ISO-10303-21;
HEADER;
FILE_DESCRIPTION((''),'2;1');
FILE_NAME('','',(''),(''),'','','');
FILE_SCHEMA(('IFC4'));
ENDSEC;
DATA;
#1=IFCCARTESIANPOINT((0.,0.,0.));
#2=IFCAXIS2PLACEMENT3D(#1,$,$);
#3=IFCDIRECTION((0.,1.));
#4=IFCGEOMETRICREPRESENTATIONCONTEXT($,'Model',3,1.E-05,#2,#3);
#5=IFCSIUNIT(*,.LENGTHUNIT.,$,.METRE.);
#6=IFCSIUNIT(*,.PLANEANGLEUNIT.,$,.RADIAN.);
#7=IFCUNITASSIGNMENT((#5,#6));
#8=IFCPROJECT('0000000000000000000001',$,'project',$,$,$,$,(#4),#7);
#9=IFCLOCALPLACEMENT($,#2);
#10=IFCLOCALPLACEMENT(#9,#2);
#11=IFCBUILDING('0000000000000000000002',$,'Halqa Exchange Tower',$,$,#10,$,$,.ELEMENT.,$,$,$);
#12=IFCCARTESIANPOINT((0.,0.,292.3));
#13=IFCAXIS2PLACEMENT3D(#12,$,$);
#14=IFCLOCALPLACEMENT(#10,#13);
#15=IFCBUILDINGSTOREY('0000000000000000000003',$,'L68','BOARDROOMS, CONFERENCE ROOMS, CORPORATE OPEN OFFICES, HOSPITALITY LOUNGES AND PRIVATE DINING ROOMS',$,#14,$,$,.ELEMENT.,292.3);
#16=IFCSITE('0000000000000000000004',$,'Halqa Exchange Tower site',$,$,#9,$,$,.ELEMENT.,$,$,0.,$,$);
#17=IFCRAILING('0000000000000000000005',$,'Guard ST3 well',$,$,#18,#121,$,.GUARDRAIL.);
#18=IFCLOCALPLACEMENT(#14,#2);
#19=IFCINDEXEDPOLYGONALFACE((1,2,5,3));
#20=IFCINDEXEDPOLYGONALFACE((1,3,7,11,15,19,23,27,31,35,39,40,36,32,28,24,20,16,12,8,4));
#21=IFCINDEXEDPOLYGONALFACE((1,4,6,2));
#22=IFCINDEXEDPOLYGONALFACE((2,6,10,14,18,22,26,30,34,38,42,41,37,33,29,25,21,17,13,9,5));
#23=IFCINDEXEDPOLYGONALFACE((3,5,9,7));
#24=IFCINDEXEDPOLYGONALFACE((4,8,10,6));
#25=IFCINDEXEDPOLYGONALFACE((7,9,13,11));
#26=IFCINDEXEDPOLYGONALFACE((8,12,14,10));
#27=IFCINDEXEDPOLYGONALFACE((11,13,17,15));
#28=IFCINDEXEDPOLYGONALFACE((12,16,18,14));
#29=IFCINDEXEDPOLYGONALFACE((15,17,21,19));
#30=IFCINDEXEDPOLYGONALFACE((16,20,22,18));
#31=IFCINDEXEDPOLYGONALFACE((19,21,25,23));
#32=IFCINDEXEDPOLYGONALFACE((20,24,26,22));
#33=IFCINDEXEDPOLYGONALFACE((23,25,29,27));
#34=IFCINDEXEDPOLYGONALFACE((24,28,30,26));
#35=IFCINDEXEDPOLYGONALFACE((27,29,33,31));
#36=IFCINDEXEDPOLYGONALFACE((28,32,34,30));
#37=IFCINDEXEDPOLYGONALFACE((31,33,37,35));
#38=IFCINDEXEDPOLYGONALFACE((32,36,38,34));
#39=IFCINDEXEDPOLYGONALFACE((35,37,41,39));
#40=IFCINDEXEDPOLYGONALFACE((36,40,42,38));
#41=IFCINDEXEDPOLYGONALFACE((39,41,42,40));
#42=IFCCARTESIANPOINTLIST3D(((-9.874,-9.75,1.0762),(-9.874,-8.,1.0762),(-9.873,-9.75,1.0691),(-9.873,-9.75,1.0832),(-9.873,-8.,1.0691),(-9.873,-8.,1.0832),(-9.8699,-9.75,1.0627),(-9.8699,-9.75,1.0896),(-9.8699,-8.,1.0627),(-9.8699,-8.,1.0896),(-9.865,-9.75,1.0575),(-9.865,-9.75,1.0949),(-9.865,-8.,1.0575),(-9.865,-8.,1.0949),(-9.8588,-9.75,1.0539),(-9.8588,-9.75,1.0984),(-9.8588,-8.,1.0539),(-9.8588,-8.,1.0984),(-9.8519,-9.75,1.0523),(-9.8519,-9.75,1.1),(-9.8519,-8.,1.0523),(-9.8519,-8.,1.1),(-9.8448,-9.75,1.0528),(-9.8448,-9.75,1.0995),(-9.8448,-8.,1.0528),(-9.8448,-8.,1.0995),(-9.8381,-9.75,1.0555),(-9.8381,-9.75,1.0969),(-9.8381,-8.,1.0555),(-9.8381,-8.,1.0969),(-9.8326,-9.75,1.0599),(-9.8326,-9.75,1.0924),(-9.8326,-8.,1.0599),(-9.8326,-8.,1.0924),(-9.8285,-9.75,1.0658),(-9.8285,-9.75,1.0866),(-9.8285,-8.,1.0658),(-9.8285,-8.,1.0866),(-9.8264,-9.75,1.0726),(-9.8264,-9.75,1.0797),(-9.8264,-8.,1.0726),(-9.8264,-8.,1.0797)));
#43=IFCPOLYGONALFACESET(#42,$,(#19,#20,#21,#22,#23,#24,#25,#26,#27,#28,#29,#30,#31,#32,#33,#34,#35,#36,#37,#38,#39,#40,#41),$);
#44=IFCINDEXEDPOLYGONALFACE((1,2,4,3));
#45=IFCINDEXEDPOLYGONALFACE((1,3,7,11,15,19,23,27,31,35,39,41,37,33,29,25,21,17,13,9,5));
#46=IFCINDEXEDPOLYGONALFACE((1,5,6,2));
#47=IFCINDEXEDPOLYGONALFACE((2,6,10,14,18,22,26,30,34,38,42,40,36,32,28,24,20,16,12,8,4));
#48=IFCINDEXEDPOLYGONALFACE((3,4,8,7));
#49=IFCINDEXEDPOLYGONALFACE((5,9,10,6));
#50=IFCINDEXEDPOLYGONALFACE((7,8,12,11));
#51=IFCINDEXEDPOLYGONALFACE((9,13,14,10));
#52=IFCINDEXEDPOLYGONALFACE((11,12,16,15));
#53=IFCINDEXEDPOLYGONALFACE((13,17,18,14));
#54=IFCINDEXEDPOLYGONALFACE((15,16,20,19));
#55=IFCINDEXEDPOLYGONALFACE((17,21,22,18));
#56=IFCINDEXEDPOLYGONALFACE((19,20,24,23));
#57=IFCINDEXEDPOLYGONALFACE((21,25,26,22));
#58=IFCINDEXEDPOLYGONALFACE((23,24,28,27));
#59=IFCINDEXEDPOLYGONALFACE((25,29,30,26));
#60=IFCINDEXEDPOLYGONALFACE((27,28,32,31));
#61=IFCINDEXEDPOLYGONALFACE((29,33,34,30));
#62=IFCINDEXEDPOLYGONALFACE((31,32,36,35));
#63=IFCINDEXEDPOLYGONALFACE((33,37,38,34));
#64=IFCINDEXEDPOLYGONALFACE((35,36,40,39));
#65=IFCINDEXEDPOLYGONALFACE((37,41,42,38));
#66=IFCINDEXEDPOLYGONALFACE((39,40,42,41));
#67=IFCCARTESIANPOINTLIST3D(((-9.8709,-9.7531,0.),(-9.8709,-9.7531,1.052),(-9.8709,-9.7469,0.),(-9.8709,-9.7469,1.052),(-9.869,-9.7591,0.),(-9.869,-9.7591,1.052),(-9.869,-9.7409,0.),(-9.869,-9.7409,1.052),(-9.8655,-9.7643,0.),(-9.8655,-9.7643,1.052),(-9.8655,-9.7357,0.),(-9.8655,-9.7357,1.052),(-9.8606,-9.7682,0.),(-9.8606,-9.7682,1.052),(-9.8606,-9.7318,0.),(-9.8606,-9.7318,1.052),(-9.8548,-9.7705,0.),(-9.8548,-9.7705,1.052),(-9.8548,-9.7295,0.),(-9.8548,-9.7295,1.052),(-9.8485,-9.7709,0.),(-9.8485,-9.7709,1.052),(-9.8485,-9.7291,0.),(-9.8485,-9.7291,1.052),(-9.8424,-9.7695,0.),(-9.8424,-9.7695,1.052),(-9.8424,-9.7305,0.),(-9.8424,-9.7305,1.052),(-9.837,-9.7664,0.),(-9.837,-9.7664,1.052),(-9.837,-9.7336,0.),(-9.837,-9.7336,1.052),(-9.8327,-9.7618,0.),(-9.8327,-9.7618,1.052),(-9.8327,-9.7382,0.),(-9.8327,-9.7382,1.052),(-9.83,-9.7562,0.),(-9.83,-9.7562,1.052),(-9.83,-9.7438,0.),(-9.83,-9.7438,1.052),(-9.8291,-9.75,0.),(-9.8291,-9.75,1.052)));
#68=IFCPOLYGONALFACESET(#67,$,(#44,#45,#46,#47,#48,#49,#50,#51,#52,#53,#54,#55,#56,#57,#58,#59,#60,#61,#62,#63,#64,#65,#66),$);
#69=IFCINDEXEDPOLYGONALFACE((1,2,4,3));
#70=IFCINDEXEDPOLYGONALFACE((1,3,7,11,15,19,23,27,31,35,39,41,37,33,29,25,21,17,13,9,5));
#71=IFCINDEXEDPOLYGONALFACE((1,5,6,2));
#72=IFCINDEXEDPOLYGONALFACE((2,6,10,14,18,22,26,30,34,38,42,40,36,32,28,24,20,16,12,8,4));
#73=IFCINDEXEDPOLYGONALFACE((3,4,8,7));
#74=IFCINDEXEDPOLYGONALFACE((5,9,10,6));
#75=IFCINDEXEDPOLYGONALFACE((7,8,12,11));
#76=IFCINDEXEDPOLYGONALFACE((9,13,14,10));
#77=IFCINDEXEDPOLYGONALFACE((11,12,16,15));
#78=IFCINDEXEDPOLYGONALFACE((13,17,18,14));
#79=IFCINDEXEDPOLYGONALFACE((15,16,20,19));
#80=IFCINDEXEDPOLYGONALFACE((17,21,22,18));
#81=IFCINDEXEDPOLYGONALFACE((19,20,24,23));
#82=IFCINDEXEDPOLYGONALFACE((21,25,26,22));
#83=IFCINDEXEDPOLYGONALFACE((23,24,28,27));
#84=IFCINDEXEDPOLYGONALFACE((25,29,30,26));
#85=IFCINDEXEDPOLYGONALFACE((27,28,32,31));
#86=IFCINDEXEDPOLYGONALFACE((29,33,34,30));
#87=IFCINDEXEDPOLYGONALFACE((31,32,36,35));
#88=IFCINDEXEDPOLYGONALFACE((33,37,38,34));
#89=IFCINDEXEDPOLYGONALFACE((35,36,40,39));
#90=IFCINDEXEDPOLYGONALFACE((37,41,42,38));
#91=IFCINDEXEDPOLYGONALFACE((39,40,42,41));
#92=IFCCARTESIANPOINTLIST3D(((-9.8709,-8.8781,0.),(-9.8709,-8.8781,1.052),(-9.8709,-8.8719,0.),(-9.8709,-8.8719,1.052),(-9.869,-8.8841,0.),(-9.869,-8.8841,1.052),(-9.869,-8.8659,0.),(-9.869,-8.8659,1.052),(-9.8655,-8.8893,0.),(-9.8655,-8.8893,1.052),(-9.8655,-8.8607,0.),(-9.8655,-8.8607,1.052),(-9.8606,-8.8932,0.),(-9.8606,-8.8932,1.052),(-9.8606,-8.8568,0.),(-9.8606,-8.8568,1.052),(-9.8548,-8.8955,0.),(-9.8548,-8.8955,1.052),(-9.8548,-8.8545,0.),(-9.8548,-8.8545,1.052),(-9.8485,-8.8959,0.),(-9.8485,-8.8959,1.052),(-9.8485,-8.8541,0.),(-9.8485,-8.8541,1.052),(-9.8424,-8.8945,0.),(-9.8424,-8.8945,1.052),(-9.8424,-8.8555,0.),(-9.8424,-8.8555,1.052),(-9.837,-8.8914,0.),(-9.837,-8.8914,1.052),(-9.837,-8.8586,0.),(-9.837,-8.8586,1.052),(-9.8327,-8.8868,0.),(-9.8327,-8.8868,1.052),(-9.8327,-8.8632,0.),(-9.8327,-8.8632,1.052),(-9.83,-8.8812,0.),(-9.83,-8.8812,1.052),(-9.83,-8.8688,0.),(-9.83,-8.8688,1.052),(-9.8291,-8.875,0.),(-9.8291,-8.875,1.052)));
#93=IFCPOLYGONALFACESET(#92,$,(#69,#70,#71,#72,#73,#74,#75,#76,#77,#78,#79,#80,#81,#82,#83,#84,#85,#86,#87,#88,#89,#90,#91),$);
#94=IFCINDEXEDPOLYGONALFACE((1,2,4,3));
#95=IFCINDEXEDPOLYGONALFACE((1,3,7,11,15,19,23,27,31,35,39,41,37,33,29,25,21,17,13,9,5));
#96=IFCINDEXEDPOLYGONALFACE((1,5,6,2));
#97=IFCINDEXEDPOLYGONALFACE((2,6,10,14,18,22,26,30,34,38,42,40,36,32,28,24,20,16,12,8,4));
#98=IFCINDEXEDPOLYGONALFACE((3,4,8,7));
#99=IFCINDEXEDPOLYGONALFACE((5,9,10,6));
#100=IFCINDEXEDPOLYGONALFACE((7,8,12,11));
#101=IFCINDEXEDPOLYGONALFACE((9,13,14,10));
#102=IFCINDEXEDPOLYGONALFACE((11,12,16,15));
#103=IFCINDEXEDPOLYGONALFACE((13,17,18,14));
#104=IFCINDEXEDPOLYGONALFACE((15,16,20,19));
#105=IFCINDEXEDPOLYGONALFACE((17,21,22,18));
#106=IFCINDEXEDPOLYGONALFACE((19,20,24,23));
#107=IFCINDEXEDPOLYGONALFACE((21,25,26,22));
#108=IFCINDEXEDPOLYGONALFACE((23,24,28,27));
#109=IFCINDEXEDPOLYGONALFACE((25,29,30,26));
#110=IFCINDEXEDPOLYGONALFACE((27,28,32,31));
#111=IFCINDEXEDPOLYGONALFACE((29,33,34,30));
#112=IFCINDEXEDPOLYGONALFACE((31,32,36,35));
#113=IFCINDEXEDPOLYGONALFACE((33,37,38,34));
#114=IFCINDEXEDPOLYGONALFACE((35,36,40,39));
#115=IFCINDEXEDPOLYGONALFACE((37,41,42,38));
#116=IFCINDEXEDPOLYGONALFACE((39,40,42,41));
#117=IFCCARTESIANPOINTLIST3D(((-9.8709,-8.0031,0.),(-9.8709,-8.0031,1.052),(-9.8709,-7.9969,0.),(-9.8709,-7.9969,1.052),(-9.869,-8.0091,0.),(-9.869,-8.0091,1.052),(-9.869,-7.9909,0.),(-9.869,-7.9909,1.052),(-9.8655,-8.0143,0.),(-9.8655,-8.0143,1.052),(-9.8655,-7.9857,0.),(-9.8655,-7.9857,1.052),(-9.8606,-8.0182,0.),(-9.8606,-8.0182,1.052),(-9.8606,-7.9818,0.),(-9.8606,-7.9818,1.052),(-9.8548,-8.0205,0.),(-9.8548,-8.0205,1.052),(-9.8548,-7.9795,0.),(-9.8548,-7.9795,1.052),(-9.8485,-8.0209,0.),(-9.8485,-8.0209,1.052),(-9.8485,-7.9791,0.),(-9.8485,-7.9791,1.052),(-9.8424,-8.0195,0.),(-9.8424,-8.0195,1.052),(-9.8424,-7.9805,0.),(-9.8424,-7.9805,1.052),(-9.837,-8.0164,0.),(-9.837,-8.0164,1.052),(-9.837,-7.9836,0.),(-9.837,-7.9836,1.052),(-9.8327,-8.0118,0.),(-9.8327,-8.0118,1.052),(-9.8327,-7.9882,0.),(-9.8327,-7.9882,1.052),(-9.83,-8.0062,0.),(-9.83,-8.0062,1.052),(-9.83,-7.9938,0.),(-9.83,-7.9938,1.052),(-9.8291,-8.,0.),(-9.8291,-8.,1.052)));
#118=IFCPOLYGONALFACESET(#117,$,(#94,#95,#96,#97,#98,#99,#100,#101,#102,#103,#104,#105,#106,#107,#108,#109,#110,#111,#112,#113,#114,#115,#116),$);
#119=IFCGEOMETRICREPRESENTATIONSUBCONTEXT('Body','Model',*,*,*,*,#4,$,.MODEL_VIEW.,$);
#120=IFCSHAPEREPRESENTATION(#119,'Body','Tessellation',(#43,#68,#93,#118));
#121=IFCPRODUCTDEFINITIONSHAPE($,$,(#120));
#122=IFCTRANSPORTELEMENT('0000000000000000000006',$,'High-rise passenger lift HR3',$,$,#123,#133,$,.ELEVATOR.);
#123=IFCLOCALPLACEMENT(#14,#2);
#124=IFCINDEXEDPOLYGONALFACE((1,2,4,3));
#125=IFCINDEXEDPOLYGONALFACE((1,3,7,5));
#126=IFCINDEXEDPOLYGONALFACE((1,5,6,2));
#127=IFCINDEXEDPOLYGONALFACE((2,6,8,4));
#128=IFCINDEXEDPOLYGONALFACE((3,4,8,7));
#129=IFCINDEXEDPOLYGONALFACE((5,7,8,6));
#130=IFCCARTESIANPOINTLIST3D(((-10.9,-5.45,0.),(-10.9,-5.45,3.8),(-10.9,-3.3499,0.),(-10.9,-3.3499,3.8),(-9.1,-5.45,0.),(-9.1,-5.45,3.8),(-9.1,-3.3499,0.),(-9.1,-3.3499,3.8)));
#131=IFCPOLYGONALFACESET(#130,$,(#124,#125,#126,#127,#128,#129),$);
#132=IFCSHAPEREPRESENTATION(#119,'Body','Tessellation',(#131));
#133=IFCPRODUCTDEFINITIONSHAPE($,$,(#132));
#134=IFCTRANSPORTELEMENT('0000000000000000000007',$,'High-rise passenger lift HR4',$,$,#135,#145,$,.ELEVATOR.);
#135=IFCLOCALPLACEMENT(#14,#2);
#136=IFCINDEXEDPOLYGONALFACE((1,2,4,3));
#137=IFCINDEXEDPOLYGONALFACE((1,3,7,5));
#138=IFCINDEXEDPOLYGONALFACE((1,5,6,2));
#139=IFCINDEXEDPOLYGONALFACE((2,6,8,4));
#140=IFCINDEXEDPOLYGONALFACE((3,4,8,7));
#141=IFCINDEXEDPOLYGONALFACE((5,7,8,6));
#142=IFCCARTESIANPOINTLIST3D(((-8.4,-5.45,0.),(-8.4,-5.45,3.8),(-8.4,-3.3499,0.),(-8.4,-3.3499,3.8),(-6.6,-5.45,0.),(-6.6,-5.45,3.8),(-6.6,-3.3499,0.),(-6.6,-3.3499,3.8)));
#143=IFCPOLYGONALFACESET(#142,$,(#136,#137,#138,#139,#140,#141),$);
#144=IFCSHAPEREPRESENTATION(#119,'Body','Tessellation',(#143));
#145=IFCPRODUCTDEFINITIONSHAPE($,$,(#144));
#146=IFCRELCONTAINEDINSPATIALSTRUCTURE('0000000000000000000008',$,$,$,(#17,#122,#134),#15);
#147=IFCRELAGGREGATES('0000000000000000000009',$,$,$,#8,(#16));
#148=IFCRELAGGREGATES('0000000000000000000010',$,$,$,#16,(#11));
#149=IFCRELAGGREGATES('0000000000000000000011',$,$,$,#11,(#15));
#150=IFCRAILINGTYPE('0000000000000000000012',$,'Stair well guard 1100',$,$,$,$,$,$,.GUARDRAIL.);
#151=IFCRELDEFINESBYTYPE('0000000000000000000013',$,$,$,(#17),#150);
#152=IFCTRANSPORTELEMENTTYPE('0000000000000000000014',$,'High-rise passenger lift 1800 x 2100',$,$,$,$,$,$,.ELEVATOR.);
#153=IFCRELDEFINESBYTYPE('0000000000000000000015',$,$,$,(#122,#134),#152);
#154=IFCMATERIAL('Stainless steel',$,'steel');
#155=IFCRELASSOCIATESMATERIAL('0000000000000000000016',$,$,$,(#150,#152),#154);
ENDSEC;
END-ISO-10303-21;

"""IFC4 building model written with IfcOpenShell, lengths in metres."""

from ifc_helpers import new_model, si_unit, direction, frame, origin, origin_2d, place, context, subcontext, project, spatial, rectangle, circle, extrude, material, type_object, element, save


model = new_model("IFC4")

# Units and contexts
model_context = context("Model", 3, precision=1e-05, world=origin(), true_north=direction((0.0, 1.0)))
body_context = subcontext(model_context, "Body", "Model", "MODEL_VIEW")
ifc_project = project(units=[si_unit("LENGTHUNIT", "METRE"), si_unit("PLANEANGLEUNIT", "RADIAN")], contexts=[model_context])

# Site, building, storey
site_placement = place(None, origin())
site = spatial("IfcSite", under=ifc_project, at=site_placement, Name="Halqa Exchange Tower site", CompositionType="ELEMENT", RefElevation=0.0)
building_placement = place(site_placement, origin())
building = spatial("IfcBuilding", under=site, at=building_placement, Name="Halqa Exchange Tower", CompositionType="ELEMENT")
storey_placement = place(building_placement, frame((0.0, 0.0, 292.3)))
storey = spatial("IfcBuildingStorey", under=building, at=storey_placement, Name="L68", Description="BOARDROOMS, CONFERENCE ROOMS, CORPORATE OPEN OFFICES, HOSPITALITY LOUNGES AND PRIVATE DINING ROOMS", CompositionType="ELEMENT", Elevation=292.3)

# Shared definitions
ifc_material_1 = material(Name="Stainless steel", Category="steel")

# Railing
railing_type_1 = type_object("IfcRailingType", Name="Stair well guard 1100", PredefinedType="GUARDRAIL", material=ifc_material_1)
railing_1_placement = place(storey_placement, frame((-9.8501, -9.75, 0.0)))
element("IfcRailing", 1, at=railing_1_placement, inside=storey, type_object=railing_type_1, Name="Guard ST3 well", PredefinedType="GUARDRAIL", context=body_context, shape_type="SweptSolid", body=[
    extrude(circle(Radius=0.0239, at=origin_2d()), frame((0.0, 0.0, 1.0762), z_axis=(0.0, 1.0, 0.0), x_axis=(-1.0, 0.0, 0.0)), (0.0, 0.0, 1.0), 1.75),
    extrude(circle(Radius=0.021, at=origin_2d()), origin(), (0.0, 0.0, 1.0), 1.052),
    extrude(circle(Radius=0.021, at=origin_2d()), frame((0.0, 0.875, 0.0)), (0.0, 0.0, 1.0), 1.052),
    extrude(circle(Radius=0.021, at=origin_2d()), frame((0.0, 1.75, 0.0)), (0.0, 0.0, 1.0), 1.052),
])

# Transport elements
transport_element_type = type_object("IfcTransportElementType", Name="High-rise passenger lift 1800 x 2100", PredefinedType="ELEVATOR", material=ifc_material_1)
for number, where, z_axis, x_axis, name in (
    (2, (-10.0, -4.3999, 0.0), (0.0, 0.0, 1.0), (1.0, 0.0, 0.0), "High-rise passenger lift HR3"),
    (3, (-7.5, -4.3999, 0.0), (0.0, 0.0, 1.0), (1.0, 0.0, 0.0), "High-rise passenger lift HR4"),
):
    element("IfcTransportElement", number, at=place(storey_placement, frame(where, z_axis=z_axis, x_axis=x_axis)), inside=storey, type_object=transport_element_type, Name=name, PredefinedType="ELEVATOR", context=body_context, shape_type="SweptSolid", body=[
        extrude(rectangle(XDim=1.8, YDim=2.1001, at=origin_2d()), origin(), (0.0, 0.0, 1.0), 3.8),
    ])

save(model, "model.ifc")
